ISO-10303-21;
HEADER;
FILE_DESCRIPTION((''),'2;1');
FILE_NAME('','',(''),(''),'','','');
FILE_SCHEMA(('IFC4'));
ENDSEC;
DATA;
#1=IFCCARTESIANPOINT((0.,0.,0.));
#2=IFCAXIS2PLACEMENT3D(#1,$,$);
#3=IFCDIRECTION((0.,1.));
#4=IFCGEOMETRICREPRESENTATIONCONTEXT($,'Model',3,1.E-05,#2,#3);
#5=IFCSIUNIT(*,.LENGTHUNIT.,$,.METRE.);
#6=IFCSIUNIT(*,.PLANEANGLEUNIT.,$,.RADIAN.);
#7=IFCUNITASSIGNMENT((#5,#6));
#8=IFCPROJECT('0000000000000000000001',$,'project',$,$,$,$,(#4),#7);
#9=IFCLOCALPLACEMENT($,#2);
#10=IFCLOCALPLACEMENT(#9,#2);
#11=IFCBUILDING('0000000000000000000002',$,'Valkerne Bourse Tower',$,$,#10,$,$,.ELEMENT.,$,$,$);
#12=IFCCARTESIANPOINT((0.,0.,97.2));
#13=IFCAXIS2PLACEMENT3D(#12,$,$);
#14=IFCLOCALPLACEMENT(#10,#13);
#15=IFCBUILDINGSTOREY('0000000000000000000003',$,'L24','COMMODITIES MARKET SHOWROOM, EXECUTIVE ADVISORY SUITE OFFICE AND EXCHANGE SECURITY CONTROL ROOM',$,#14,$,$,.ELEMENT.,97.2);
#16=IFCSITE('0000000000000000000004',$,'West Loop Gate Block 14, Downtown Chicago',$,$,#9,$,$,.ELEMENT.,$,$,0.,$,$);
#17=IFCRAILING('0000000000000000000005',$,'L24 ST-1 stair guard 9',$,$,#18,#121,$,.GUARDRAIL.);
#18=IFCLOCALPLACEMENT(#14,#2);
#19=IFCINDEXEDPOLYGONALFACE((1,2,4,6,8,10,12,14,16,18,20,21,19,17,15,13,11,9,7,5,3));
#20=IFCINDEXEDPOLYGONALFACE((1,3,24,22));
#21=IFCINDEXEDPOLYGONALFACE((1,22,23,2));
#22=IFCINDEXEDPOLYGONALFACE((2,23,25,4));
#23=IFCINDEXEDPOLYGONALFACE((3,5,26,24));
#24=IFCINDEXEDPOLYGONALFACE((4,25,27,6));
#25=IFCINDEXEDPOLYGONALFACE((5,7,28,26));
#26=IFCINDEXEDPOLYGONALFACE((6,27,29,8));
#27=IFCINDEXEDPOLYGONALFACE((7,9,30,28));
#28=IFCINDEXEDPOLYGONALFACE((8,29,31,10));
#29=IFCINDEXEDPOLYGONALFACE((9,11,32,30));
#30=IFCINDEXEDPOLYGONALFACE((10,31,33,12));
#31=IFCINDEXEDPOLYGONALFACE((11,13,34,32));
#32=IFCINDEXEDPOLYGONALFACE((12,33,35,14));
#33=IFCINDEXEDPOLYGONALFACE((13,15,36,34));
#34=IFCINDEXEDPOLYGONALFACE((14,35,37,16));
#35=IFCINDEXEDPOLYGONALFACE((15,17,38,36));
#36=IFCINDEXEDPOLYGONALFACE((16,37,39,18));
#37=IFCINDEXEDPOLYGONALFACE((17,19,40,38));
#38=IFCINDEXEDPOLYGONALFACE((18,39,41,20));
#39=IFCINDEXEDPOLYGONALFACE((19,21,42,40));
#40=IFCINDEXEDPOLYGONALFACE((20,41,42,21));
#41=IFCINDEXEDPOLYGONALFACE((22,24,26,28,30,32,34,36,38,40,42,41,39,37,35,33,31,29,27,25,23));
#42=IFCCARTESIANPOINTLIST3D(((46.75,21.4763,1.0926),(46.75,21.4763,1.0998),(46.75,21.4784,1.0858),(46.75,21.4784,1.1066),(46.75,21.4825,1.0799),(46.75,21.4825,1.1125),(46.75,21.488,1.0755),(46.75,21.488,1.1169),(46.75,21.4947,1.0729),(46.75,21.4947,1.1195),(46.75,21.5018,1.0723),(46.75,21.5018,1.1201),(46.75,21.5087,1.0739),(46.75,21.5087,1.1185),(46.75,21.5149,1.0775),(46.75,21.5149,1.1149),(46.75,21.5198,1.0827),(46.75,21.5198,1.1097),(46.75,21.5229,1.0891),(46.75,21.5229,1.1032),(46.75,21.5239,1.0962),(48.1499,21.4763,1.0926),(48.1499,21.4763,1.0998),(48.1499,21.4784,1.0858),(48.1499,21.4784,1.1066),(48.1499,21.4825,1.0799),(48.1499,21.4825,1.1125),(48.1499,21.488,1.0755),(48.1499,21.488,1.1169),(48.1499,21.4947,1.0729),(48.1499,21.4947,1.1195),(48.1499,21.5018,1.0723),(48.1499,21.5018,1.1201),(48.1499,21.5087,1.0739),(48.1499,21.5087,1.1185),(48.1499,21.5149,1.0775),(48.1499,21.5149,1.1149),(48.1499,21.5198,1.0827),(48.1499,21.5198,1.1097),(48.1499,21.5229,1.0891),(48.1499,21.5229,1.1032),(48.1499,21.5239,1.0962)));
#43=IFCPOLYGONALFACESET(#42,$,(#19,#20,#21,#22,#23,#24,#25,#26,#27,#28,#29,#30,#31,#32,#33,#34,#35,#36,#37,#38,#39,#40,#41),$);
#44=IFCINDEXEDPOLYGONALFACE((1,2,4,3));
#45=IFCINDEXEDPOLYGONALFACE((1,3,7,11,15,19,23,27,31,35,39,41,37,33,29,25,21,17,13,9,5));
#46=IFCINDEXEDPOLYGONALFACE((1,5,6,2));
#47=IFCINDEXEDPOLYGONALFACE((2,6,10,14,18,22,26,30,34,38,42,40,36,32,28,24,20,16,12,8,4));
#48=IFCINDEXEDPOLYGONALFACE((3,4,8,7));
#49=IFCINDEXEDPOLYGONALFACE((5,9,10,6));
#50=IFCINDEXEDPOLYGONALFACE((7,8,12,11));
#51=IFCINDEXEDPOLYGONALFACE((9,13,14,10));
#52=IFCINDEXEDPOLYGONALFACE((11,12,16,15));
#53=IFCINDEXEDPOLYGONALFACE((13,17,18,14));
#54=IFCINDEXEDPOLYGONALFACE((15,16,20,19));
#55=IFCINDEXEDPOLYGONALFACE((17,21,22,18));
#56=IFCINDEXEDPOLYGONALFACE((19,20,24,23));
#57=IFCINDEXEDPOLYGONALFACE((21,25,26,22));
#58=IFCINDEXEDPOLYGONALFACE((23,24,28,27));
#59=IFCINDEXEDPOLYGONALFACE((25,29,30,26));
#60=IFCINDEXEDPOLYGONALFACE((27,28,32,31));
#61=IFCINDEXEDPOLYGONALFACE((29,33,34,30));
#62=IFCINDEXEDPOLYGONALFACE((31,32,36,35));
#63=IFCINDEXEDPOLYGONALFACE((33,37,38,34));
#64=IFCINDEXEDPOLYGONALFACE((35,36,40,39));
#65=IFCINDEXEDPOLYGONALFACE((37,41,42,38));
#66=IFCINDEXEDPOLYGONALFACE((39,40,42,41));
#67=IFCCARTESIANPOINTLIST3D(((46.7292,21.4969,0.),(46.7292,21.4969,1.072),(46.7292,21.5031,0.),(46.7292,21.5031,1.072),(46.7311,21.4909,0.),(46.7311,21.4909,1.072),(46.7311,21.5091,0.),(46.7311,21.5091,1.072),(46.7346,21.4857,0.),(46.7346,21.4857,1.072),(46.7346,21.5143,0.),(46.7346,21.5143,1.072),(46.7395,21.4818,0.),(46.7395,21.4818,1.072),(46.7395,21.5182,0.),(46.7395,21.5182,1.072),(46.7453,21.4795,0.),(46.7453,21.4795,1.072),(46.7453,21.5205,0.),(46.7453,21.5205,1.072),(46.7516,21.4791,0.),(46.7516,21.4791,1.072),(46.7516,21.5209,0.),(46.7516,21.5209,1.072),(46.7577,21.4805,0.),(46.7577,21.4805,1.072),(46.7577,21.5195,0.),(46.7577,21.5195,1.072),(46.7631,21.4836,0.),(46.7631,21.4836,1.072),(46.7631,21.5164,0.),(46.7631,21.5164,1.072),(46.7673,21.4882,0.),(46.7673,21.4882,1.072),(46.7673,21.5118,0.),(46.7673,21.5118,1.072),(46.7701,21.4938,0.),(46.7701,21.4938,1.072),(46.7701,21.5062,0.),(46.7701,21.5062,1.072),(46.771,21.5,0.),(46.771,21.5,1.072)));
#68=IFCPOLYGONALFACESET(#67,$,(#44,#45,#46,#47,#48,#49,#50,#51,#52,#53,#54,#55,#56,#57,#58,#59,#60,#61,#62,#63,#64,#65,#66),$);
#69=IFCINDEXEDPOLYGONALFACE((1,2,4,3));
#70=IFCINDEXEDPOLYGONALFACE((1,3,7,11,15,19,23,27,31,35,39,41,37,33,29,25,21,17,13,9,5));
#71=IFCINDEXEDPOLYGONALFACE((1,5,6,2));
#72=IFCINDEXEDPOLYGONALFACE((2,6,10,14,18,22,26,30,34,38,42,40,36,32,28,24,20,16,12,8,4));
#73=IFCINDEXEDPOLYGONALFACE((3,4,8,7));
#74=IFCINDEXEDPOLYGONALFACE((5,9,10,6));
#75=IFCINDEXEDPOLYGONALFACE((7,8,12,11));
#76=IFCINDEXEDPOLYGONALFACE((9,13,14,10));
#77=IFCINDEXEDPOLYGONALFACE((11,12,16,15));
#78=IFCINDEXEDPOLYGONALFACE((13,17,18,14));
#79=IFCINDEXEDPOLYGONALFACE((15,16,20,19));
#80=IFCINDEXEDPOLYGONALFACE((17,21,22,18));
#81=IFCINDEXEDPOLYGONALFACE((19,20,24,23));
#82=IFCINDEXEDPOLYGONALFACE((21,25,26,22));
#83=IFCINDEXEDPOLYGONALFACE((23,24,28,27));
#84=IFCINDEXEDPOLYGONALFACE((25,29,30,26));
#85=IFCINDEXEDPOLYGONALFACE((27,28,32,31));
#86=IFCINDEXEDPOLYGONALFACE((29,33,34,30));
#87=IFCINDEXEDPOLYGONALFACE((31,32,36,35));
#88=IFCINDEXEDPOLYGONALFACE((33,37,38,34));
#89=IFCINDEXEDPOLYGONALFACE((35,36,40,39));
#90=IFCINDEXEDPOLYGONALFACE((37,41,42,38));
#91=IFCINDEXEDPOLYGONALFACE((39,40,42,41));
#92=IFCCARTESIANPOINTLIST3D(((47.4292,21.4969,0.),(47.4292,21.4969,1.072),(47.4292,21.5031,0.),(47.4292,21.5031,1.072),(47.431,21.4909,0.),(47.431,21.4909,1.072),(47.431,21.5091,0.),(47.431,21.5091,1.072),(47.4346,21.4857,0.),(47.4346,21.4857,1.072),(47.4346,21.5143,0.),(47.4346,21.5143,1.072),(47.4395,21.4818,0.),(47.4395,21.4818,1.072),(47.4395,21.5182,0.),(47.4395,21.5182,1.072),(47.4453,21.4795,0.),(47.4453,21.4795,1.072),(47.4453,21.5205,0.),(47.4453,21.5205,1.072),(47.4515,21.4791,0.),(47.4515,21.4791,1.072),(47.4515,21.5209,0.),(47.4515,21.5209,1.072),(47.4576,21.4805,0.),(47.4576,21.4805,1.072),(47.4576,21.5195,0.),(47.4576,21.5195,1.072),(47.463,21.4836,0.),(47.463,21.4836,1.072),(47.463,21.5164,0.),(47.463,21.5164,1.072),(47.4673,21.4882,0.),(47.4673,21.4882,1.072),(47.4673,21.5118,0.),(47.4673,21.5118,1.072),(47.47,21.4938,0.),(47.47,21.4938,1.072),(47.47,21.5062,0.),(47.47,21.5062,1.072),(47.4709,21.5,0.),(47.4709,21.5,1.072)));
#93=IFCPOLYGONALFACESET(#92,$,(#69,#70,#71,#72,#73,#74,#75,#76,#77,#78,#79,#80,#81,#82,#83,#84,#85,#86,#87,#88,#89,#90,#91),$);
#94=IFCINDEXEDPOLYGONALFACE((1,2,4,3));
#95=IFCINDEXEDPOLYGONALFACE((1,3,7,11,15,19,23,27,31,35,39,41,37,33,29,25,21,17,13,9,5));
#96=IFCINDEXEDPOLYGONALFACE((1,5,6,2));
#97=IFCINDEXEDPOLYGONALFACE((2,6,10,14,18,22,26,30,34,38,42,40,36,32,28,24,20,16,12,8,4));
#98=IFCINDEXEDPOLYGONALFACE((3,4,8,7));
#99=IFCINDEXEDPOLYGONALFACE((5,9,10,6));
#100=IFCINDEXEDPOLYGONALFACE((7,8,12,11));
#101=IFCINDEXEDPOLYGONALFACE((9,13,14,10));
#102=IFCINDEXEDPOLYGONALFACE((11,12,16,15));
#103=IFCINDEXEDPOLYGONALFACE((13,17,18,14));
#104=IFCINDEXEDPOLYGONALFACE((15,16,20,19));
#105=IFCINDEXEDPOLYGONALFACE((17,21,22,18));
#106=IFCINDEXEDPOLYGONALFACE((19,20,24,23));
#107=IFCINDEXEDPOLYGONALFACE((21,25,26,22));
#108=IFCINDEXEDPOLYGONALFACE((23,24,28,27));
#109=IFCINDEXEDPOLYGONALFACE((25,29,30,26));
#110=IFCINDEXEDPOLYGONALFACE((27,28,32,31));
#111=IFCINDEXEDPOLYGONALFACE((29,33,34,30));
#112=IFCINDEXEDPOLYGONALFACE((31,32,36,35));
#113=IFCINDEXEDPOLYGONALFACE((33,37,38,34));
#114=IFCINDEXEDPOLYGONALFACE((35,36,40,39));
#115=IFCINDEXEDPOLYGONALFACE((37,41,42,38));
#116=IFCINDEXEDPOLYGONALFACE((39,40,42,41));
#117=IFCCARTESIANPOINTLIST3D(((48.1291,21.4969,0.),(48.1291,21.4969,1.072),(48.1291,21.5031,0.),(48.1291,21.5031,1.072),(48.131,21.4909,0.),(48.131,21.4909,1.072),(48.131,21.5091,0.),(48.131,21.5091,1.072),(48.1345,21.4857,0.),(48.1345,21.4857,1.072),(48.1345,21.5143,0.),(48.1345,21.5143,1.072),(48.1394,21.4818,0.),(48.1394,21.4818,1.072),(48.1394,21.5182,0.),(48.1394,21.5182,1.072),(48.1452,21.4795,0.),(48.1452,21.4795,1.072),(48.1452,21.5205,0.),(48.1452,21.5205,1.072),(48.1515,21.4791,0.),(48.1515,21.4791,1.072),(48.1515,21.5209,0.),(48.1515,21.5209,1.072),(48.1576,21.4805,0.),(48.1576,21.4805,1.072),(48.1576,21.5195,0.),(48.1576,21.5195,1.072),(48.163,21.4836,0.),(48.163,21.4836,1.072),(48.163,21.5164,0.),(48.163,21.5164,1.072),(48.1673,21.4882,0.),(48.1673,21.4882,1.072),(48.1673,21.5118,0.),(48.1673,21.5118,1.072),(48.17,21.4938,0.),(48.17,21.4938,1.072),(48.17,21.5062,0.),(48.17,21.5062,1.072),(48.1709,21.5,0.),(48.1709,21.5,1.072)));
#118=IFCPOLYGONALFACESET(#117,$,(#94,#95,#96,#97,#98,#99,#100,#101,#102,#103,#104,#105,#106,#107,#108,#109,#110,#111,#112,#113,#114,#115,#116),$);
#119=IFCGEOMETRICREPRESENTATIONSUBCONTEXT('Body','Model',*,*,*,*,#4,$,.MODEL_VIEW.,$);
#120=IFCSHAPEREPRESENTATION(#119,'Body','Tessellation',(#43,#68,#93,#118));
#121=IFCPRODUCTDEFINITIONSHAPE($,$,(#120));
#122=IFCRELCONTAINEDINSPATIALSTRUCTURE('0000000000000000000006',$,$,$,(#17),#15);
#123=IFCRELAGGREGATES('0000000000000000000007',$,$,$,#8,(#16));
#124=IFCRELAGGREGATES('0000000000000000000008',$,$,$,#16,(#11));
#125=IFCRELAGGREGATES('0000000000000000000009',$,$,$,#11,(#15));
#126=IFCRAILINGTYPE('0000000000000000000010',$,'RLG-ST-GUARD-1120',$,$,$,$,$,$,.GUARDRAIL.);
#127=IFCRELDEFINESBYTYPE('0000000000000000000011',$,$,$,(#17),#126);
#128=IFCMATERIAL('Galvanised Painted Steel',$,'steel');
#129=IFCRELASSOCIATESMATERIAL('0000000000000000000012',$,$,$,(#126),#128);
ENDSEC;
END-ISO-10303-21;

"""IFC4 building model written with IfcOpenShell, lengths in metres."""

from ifc_helpers import new_model, si_unit, direction, frame, origin, origin_2d, place, context, subcontext, project, spatial, circle, extrude, material, type_object, element, save


model = new_model("IFC4")

# Units and contexts
model_context = context("Model", 3, precision=1e-05, world=origin(), true_north=direction((0.0, 1.0)))
body_context = subcontext(model_context, "Body", "Model", "MODEL_VIEW")
ifc_project = project(units=[si_unit("LENGTHUNIT", "METRE"), si_unit("PLANEANGLEUNIT", "RADIAN")], contexts=[model_context])

# Site, building, storey
site_placement = place(None, origin())
site = spatial("IfcSite", under=ifc_project, at=site_placement, Name="West Loop Gate Block 14, Downtown Chicago", CompositionType="ELEMENT", RefElevation=0.0)
building_placement = place(site_placement, origin())
building = spatial("IfcBuilding", under=site, at=building_placement, Name="Valkerne Bourse Tower", CompositionType="ELEMENT")
storey_placement = place(building_placement, frame((0.0, 0.0, 97.2)))
storey = spatial("IfcBuildingStorey", under=building, at=storey_placement, Name="L24", Description="COMMODITIES MARKET SHOWROOM, EXECUTIVE ADVISORY SUITE OFFICE AND EXCHANGE SECURITY CONTROL ROOM", CompositionType="ELEMENT", Elevation=97.2)

# Shared definitions
ifc_material_1 = material(Name="Galvanised Painted Steel", Category="steel")

# Railing
railing_type_1 = type_object("IfcRailingType", Name="RLG-ST-GUARD-1120", PredefinedType="GUARDRAIL", material=ifc_material_1)
for number, where, name in (
    (1, (46.75, 21.5, 0.0), "L24 ST-1 stair guard 9"),
):
    element("IfcRailing", number, at=place(storey_placement, frame(where)), inside=storey, type_object=railing_type_1, Name=name, PredefinedType="GUARDRAIL", context=body_context, shape_type="SweptSolid", body=[
        extrude(circle(Radius=0.0239, at=origin_2d()), frame((0.0, 0.0, 1.0962), z_axis=(1.0, 0.0, 0.0), x_axis=(0.0, 1.0, 0.0)), (0.0, 0.0, 1.0), 1.3999),
        extrude(circle(Radius=0.021, at=origin_2d()), origin(), (0.0, 0.0, 1.0), 1.072),
        extrude(circle(Radius=0.021, at=origin_2d()), frame((0.7, 0.0, 0.0)), (0.0, 0.0, 1.0), 1.072),
        extrude(circle(Radius=0.021, at=origin_2d()), frame((1.3999, 0.0, 0.0)), (0.0, 0.0, 1.0), 1.072),
    ])

save(model, "model.ifc")
